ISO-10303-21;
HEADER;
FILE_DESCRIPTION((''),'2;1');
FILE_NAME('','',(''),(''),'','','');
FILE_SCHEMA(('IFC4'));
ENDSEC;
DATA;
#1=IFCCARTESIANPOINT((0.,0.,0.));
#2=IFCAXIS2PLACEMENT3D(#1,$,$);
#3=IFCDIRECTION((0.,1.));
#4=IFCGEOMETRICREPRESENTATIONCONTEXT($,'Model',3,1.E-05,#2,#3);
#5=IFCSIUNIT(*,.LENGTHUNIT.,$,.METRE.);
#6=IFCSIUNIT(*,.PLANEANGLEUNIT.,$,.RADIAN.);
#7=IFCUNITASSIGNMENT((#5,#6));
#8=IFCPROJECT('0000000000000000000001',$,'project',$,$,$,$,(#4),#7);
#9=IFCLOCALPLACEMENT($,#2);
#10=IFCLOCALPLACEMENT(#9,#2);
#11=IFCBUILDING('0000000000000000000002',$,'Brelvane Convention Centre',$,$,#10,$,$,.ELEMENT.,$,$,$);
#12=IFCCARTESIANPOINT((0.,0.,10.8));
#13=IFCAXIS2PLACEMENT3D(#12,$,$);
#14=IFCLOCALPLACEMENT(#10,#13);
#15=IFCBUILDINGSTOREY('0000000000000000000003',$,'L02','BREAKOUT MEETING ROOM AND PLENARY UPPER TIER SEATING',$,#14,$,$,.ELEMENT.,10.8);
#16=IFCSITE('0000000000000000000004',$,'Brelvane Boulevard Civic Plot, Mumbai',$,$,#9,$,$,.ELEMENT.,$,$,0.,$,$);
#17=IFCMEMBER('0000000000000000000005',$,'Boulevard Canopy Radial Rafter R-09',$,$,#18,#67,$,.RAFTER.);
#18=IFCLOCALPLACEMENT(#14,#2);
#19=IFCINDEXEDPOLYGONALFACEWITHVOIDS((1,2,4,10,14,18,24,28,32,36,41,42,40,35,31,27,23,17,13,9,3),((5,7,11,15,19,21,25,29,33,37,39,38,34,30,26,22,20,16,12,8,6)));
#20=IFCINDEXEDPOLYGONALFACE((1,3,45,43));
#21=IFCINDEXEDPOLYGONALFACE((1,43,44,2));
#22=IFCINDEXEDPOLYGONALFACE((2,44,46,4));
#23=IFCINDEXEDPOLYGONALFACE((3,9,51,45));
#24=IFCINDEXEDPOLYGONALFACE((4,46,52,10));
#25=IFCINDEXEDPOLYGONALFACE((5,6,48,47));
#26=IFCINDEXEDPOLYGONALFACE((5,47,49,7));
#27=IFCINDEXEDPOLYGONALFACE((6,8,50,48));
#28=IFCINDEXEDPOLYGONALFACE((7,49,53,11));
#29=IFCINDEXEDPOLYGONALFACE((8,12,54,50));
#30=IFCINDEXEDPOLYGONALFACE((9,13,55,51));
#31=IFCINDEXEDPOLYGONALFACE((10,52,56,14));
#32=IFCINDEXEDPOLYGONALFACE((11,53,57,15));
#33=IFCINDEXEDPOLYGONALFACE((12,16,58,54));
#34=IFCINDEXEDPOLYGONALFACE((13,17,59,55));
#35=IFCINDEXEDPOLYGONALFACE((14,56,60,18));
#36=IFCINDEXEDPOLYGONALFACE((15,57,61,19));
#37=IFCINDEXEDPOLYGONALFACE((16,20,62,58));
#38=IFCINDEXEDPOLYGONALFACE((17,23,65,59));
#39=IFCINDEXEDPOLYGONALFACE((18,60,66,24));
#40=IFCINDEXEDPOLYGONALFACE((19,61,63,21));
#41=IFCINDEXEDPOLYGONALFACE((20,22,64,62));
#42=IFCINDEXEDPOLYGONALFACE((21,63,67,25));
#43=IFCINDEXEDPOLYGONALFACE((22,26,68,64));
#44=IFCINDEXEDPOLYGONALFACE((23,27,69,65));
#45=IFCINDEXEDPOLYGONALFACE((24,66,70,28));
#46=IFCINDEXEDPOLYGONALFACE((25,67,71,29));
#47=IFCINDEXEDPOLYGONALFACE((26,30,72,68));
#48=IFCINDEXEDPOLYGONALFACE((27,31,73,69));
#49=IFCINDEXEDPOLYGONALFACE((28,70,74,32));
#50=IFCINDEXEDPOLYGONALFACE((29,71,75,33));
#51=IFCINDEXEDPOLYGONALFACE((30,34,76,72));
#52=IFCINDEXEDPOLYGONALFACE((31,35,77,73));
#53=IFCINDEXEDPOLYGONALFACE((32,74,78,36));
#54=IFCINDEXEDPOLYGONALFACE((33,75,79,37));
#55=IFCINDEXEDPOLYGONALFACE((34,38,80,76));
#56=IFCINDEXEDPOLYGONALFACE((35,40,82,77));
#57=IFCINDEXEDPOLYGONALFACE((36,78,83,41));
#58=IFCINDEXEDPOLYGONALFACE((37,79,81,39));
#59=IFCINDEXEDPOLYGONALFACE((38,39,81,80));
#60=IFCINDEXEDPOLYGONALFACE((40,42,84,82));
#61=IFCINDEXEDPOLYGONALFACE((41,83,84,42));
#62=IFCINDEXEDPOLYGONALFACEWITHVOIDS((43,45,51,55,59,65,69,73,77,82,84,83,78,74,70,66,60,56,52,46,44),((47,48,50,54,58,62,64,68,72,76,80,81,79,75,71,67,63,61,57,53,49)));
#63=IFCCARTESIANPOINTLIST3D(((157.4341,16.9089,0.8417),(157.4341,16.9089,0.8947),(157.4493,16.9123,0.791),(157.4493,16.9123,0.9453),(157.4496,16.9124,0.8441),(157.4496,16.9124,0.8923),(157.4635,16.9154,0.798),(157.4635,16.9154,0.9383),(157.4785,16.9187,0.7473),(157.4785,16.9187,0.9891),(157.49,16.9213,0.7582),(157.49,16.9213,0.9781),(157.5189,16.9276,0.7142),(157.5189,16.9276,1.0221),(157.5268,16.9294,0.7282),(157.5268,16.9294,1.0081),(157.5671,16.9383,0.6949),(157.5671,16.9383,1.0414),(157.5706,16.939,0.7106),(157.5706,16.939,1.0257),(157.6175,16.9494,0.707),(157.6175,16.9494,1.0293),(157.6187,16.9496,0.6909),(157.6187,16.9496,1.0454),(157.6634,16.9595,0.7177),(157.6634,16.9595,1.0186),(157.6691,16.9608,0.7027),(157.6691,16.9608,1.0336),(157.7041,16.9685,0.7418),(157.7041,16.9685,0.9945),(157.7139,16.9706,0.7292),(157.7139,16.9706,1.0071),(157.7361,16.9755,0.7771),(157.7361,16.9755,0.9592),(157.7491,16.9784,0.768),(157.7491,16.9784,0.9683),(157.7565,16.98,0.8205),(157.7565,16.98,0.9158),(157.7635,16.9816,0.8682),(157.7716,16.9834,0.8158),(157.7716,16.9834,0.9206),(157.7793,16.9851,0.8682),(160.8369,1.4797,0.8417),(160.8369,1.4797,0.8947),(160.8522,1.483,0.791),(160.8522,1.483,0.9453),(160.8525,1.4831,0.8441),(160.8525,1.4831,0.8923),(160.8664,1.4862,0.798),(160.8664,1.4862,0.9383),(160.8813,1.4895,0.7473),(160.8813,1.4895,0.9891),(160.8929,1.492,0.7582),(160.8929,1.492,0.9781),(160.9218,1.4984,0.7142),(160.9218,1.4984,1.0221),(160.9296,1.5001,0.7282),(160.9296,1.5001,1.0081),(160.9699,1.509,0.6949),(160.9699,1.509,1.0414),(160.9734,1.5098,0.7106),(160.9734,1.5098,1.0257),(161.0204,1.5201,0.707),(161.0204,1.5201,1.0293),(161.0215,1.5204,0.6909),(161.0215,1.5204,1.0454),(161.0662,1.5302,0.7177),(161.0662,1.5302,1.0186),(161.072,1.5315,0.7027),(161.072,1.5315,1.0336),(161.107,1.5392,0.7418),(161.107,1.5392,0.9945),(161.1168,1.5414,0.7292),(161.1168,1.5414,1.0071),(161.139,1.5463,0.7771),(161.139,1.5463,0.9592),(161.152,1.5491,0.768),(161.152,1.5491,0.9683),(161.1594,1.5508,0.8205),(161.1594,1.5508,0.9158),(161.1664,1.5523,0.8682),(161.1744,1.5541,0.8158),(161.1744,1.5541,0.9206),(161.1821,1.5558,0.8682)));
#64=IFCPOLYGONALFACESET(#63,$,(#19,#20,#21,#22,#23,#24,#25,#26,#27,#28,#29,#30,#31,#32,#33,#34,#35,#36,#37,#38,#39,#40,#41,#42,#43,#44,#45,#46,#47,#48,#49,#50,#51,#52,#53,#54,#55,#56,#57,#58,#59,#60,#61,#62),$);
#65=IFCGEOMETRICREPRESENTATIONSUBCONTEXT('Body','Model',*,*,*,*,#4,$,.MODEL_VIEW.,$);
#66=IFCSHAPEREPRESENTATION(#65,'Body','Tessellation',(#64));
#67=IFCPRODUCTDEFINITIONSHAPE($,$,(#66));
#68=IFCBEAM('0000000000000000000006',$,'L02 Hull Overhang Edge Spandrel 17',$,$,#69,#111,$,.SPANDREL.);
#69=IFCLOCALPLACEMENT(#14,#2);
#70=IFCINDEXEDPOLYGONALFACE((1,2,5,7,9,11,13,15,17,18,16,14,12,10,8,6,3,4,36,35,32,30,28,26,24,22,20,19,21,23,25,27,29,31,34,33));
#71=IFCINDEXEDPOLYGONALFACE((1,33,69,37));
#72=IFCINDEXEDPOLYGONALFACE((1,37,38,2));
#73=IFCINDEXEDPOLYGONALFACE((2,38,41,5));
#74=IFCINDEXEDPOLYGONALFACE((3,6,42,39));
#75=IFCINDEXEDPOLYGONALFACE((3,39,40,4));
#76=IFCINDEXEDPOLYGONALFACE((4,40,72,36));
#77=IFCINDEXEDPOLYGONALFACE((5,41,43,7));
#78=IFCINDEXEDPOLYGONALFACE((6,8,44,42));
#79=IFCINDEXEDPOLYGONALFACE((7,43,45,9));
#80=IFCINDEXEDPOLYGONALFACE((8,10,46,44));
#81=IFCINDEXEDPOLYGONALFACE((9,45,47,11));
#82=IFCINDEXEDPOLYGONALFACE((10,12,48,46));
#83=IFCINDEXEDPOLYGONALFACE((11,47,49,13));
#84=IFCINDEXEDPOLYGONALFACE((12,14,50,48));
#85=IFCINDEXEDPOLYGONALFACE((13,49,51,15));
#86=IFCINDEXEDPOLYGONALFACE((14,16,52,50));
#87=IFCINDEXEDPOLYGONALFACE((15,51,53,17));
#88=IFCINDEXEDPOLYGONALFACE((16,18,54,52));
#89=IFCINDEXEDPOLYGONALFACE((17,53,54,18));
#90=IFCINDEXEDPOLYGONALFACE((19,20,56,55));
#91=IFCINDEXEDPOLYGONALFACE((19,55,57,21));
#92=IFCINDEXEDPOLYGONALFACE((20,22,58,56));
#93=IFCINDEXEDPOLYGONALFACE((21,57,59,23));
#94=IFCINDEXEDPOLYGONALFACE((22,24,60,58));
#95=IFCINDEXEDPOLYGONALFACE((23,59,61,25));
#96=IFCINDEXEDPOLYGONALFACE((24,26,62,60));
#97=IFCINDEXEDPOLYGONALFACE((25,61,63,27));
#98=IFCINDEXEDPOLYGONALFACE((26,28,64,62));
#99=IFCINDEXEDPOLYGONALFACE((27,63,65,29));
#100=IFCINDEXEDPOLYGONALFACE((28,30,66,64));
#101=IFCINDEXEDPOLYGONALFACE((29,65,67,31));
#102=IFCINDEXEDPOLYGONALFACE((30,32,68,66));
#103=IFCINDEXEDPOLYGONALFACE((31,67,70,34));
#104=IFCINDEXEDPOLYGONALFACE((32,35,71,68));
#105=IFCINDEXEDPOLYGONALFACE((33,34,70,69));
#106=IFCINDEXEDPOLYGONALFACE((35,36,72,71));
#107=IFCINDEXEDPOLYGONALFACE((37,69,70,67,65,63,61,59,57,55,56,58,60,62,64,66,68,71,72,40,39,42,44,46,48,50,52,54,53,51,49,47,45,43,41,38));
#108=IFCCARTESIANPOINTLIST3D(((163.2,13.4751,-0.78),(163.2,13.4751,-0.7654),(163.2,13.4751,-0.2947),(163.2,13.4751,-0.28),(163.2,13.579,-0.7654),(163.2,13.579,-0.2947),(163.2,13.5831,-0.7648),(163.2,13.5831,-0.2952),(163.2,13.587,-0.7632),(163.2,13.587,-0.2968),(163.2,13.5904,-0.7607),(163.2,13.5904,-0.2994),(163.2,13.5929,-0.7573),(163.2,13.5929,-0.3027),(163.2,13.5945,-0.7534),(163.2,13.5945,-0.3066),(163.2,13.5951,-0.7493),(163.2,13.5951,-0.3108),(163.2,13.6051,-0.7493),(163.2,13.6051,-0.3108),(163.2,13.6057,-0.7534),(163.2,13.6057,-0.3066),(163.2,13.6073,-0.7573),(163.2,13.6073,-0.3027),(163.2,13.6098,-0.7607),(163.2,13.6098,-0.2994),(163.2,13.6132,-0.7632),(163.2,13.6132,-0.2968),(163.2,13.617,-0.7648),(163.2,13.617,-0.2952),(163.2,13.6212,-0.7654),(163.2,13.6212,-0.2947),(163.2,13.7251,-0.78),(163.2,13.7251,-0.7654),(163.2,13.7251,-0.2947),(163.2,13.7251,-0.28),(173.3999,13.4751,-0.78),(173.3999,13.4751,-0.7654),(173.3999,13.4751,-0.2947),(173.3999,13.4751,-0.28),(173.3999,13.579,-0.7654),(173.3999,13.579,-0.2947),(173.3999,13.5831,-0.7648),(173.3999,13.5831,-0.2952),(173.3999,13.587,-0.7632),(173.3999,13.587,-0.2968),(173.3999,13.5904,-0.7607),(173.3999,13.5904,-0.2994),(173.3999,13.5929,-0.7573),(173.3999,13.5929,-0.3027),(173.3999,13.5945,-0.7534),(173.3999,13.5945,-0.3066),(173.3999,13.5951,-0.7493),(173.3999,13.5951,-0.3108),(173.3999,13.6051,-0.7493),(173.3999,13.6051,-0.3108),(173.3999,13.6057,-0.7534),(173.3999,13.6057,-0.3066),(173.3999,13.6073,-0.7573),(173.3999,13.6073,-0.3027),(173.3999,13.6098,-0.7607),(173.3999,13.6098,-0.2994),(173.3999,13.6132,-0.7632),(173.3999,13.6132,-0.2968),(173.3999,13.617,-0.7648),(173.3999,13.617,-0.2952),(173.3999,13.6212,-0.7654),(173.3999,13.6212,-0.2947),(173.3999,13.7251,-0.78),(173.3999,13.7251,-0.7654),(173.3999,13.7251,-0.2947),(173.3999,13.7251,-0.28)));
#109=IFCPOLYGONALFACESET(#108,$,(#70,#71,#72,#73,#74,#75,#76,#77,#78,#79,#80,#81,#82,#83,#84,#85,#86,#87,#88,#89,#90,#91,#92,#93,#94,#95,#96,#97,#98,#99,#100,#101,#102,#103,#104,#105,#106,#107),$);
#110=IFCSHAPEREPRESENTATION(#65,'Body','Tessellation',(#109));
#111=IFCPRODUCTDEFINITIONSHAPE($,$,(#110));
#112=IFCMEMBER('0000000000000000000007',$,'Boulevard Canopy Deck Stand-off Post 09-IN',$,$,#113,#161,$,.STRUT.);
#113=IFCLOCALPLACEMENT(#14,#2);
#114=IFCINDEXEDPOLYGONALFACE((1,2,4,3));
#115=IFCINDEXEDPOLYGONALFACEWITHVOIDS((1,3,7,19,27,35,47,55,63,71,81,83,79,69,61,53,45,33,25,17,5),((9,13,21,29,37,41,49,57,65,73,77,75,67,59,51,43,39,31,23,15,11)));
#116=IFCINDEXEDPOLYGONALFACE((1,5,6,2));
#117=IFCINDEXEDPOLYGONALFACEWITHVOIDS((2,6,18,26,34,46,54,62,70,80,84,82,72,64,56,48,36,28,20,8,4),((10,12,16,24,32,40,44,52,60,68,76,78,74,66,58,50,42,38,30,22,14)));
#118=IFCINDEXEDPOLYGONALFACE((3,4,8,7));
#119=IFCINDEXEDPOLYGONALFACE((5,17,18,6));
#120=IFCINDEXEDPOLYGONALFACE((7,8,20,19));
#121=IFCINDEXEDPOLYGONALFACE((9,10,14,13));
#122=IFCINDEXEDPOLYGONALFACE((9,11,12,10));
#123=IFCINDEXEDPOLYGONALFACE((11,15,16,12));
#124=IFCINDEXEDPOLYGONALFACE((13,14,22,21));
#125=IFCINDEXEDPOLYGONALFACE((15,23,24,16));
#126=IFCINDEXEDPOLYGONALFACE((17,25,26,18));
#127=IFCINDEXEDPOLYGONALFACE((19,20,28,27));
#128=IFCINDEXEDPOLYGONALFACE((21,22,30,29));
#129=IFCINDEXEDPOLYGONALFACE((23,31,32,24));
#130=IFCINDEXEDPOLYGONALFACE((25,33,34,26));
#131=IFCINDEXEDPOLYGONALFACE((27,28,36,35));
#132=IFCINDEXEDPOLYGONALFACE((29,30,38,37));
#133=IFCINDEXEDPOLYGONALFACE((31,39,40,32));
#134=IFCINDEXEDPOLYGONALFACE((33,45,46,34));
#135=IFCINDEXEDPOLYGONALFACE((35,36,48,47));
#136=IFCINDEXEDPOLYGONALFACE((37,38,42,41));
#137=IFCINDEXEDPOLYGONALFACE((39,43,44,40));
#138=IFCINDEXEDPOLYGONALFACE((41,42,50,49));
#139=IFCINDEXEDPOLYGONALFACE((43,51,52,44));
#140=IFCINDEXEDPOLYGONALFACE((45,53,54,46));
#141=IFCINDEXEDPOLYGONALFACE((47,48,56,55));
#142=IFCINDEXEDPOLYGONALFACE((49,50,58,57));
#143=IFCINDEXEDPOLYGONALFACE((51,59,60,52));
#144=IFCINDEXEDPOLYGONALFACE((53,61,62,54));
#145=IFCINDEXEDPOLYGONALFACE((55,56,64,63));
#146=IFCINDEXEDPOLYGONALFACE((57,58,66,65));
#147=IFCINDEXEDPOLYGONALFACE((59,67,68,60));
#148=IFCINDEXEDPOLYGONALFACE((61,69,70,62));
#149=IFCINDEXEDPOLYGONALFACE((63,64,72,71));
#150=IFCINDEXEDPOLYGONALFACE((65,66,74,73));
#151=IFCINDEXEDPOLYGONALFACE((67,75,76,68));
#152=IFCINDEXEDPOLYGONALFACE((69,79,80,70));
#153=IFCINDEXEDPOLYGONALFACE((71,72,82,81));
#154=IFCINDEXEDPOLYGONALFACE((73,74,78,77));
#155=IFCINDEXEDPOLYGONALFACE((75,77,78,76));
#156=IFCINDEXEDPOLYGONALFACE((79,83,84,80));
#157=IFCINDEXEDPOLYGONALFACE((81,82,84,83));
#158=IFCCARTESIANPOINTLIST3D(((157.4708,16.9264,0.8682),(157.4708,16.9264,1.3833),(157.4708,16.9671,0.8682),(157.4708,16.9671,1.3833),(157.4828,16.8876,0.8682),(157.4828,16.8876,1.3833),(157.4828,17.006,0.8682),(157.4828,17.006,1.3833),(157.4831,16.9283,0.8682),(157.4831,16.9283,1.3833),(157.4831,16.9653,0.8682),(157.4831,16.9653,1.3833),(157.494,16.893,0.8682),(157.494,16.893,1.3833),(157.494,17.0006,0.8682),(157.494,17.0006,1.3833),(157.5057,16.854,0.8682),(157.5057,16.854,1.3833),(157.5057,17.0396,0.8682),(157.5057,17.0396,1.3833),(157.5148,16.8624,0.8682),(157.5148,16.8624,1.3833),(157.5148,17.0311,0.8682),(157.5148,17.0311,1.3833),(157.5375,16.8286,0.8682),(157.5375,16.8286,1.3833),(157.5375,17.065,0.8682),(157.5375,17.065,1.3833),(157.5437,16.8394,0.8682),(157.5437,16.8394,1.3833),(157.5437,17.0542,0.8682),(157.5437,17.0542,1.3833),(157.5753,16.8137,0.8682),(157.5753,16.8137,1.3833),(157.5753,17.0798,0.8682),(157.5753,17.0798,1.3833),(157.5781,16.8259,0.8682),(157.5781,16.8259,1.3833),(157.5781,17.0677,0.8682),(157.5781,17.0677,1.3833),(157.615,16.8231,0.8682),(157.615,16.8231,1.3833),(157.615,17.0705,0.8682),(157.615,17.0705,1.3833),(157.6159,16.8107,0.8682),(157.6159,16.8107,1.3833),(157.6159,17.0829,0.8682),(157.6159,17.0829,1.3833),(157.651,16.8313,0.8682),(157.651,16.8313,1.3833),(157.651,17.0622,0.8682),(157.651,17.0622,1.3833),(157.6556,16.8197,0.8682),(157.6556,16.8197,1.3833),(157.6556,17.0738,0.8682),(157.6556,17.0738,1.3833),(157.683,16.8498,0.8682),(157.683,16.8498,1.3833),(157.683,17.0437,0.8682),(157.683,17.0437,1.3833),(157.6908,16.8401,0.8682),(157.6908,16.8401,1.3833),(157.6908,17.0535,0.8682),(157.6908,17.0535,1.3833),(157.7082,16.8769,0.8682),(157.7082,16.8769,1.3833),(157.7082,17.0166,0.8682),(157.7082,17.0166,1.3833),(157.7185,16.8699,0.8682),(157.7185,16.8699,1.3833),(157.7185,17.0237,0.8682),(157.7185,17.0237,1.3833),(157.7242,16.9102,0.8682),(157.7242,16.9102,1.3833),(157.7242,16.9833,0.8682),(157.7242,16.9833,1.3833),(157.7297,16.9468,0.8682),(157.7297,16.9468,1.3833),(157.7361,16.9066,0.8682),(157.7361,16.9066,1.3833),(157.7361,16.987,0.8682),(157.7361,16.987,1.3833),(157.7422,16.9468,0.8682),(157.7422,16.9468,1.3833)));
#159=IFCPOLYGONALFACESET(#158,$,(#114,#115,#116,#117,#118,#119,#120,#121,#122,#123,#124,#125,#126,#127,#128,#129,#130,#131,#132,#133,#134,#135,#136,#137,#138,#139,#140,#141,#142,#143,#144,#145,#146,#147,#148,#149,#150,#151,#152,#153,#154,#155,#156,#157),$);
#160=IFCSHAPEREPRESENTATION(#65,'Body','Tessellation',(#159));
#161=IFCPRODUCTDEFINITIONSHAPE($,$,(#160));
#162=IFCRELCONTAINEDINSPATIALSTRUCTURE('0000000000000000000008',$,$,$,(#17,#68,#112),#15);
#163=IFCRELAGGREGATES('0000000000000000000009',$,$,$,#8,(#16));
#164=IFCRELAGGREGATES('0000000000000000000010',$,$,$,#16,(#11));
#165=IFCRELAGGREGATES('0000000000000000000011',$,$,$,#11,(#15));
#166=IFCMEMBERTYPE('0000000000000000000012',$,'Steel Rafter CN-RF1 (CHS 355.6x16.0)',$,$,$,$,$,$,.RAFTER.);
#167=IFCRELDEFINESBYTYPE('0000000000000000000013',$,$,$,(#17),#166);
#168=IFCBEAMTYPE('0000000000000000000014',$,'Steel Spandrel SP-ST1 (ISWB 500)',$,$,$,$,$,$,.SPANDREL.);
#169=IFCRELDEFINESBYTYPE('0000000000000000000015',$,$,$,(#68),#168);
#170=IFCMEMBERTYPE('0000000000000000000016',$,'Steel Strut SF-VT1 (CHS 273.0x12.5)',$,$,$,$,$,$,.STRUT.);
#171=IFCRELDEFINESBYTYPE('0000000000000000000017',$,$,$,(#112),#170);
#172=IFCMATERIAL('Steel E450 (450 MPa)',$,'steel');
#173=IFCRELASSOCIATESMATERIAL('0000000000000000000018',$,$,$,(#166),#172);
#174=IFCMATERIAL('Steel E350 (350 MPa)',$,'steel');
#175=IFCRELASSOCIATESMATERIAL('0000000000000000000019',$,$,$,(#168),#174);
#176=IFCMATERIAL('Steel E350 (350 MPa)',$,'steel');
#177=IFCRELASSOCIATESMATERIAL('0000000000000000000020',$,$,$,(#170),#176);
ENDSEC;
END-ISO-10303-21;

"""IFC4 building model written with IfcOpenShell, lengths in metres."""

from ifc_helpers import new_model, si_unit, direction, frame, origin, origin_2d, place, context, subcontext, project, spatial, hollow_circle, i_section, extrude, material, material_profile, profile_set, type_object, element, save


model = new_model("IFC4")

# Units and contexts
model_context = context("Model", 3, precision=1e-05, world=origin(), true_north=direction((0.0, 1.0)))
body_context = subcontext(model_context, "Body", "Model", "MODEL_VIEW")
ifc_project = project(units=[si_unit("LENGTHUNIT", "METRE"), si_unit("PLANEANGLEUNIT", "RADIAN")], contexts=[model_context])

# Site, building, storey
site_placement = place(None, origin())
site = spatial("IfcSite", under=ifc_project, at=site_placement, Name="Brelvane Boulevard Civic Plot, Mumbai", CompositionType="ELEMENT", RefElevation=0.0)
building_placement = place(site_placement, origin())
building = spatial("IfcBuilding", under=site, at=building_placement, Name="Brelvane Convention Centre", CompositionType="ELEMENT")
storey_placement = place(building_placement, frame((0.0, 0.0, 10.8)))
storey = spatial("IfcBuildingStorey", under=building, at=storey_placement, Name="L02", Description="BREAKOUT MEETING ROOM AND PLENARY UPPER TIER SEATING", CompositionType="ELEMENT", Elevation=10.8)

# Member
ifc_material_1 = material(Name="Steel E450 (450 MPa)", Category="steel")
ifc_material_profile_1 = material_profile(ifc_material_1, hollow_circle(Radius=0.1777, WallThickness=0.0161, at=origin_2d()), Name="CHS 355.6x16.0")
ifc_profile_set_1 = profile_set([ifc_material_profile_1], Name="Steel E450 (450 MPa)")
member_type_1 = type_object("IfcMemberType", Name="Steel Rafter CN-RF1 (CHS 355.6x16.0)", PredefinedType="RAFTER", material=ifc_profile_set_1)
member_1_placement = place(storey_placement, frame((157.6057, 16.9468, 0.8682), z_axis=(0.215369, -0.976533, 0.0), x_axis=(0.976533, 0.215369, 0.0)))
element("IfcMember", 1, at=member_1_placement, inside=storey, type_object=member_type_1, Name="Boulevard Canopy Radial Rafter R-09", PredefinedType="RAFTER", context=body_context, shape_type="SweptSolid", body=[
    extrude(hollow_circle(Radius=0.1777, WallThickness=0.0161, at=origin_2d()), origin(), (0.0, 0.0, 1.0), 15.8),
])

# Beam
ifc_material_2 = material(Name="Steel E350 (350 MPa)", Category="steel")
ifc_material_profile_2 = material_profile(ifc_material_2, i_section(OverallWidth=0.25, OverallDepth=0.5, WebThickness=0.01, FlangeThickness=0.0146, FilletRadius=0.0161, at=origin_2d()), Name="ISWB 500")
ifc_profile_set_2 = profile_set([ifc_material_profile_2], Name="Steel E350 (350 MPa)")
beam_type_1 = type_object("IfcBeamType", Name="Steel Spandrel SP-ST1 (ISWB 500)", PredefinedType="SPANDREL", material=ifc_profile_set_2)
beam_1_placement = place(storey_placement, frame((163.2, 13.6001, -0.53), z_axis=(1.0, 0.0, 0.0), x_axis=(0.0, 1.0, 0.0)))
element("IfcBeam", 2, at=beam_1_placement, inside=storey, type_object=beam_type_1, Name="L02 Hull Overhang Edge Spandrel 17", PredefinedType="SPANDREL", context=body_context, shape_type="SweptSolid", body=[
    extrude(i_section(OverallWidth=0.25, OverallDepth=0.5, WebThickness=0.01, FlangeThickness=0.0146, FilletRadius=0.0161, at=origin_2d()), origin(), (0.0, 0.0, 1.0), 10.2),
])

# Member
ifc_material_3 = material(Name="Steel E350 (350 MPa)", Category="steel")
ifc_material_profile_3 = material_profile(ifc_material_3, hollow_circle(Radius=0.1365, WallThickness=0.0125, at=origin_2d()), Name="CHS 273.0x12.5")
ifc_profile_set_3 = profile_set([ifc_material_profile_3], Name="Steel E350 (350 MPa)")
member_type_2 = type_object("IfcMemberType", Name="Steel Strut SF-VT1 (CHS 273.0x12.5)", PredefinedType="STRUT", material=ifc_profile_set_3)
for number, where, z_axis, x_axis, name in (
    (3, (157.6057, 16.9468, 0.8682), (0.0, 0.0, 1.0), (1.0, 0.0, 0.0), "Boulevard Canopy Deck Stand-off Post 09-IN"),
):
    element("IfcMember", number, at=place(storey_placement, frame(where, z_axis=z_axis, x_axis=x_axis)), inside=storey, type_object=member_type_2, Name=name, PredefinedType="STRUT", context=body_context, shape_type="SweptSolid", body=[
        extrude(hollow_circle(Radius=0.1365, WallThickness=0.0125, at=origin_2d()), origin(), (0.0, 0.0, 1.0), 0.5151),
    ])

save(model, "model.ifc")
